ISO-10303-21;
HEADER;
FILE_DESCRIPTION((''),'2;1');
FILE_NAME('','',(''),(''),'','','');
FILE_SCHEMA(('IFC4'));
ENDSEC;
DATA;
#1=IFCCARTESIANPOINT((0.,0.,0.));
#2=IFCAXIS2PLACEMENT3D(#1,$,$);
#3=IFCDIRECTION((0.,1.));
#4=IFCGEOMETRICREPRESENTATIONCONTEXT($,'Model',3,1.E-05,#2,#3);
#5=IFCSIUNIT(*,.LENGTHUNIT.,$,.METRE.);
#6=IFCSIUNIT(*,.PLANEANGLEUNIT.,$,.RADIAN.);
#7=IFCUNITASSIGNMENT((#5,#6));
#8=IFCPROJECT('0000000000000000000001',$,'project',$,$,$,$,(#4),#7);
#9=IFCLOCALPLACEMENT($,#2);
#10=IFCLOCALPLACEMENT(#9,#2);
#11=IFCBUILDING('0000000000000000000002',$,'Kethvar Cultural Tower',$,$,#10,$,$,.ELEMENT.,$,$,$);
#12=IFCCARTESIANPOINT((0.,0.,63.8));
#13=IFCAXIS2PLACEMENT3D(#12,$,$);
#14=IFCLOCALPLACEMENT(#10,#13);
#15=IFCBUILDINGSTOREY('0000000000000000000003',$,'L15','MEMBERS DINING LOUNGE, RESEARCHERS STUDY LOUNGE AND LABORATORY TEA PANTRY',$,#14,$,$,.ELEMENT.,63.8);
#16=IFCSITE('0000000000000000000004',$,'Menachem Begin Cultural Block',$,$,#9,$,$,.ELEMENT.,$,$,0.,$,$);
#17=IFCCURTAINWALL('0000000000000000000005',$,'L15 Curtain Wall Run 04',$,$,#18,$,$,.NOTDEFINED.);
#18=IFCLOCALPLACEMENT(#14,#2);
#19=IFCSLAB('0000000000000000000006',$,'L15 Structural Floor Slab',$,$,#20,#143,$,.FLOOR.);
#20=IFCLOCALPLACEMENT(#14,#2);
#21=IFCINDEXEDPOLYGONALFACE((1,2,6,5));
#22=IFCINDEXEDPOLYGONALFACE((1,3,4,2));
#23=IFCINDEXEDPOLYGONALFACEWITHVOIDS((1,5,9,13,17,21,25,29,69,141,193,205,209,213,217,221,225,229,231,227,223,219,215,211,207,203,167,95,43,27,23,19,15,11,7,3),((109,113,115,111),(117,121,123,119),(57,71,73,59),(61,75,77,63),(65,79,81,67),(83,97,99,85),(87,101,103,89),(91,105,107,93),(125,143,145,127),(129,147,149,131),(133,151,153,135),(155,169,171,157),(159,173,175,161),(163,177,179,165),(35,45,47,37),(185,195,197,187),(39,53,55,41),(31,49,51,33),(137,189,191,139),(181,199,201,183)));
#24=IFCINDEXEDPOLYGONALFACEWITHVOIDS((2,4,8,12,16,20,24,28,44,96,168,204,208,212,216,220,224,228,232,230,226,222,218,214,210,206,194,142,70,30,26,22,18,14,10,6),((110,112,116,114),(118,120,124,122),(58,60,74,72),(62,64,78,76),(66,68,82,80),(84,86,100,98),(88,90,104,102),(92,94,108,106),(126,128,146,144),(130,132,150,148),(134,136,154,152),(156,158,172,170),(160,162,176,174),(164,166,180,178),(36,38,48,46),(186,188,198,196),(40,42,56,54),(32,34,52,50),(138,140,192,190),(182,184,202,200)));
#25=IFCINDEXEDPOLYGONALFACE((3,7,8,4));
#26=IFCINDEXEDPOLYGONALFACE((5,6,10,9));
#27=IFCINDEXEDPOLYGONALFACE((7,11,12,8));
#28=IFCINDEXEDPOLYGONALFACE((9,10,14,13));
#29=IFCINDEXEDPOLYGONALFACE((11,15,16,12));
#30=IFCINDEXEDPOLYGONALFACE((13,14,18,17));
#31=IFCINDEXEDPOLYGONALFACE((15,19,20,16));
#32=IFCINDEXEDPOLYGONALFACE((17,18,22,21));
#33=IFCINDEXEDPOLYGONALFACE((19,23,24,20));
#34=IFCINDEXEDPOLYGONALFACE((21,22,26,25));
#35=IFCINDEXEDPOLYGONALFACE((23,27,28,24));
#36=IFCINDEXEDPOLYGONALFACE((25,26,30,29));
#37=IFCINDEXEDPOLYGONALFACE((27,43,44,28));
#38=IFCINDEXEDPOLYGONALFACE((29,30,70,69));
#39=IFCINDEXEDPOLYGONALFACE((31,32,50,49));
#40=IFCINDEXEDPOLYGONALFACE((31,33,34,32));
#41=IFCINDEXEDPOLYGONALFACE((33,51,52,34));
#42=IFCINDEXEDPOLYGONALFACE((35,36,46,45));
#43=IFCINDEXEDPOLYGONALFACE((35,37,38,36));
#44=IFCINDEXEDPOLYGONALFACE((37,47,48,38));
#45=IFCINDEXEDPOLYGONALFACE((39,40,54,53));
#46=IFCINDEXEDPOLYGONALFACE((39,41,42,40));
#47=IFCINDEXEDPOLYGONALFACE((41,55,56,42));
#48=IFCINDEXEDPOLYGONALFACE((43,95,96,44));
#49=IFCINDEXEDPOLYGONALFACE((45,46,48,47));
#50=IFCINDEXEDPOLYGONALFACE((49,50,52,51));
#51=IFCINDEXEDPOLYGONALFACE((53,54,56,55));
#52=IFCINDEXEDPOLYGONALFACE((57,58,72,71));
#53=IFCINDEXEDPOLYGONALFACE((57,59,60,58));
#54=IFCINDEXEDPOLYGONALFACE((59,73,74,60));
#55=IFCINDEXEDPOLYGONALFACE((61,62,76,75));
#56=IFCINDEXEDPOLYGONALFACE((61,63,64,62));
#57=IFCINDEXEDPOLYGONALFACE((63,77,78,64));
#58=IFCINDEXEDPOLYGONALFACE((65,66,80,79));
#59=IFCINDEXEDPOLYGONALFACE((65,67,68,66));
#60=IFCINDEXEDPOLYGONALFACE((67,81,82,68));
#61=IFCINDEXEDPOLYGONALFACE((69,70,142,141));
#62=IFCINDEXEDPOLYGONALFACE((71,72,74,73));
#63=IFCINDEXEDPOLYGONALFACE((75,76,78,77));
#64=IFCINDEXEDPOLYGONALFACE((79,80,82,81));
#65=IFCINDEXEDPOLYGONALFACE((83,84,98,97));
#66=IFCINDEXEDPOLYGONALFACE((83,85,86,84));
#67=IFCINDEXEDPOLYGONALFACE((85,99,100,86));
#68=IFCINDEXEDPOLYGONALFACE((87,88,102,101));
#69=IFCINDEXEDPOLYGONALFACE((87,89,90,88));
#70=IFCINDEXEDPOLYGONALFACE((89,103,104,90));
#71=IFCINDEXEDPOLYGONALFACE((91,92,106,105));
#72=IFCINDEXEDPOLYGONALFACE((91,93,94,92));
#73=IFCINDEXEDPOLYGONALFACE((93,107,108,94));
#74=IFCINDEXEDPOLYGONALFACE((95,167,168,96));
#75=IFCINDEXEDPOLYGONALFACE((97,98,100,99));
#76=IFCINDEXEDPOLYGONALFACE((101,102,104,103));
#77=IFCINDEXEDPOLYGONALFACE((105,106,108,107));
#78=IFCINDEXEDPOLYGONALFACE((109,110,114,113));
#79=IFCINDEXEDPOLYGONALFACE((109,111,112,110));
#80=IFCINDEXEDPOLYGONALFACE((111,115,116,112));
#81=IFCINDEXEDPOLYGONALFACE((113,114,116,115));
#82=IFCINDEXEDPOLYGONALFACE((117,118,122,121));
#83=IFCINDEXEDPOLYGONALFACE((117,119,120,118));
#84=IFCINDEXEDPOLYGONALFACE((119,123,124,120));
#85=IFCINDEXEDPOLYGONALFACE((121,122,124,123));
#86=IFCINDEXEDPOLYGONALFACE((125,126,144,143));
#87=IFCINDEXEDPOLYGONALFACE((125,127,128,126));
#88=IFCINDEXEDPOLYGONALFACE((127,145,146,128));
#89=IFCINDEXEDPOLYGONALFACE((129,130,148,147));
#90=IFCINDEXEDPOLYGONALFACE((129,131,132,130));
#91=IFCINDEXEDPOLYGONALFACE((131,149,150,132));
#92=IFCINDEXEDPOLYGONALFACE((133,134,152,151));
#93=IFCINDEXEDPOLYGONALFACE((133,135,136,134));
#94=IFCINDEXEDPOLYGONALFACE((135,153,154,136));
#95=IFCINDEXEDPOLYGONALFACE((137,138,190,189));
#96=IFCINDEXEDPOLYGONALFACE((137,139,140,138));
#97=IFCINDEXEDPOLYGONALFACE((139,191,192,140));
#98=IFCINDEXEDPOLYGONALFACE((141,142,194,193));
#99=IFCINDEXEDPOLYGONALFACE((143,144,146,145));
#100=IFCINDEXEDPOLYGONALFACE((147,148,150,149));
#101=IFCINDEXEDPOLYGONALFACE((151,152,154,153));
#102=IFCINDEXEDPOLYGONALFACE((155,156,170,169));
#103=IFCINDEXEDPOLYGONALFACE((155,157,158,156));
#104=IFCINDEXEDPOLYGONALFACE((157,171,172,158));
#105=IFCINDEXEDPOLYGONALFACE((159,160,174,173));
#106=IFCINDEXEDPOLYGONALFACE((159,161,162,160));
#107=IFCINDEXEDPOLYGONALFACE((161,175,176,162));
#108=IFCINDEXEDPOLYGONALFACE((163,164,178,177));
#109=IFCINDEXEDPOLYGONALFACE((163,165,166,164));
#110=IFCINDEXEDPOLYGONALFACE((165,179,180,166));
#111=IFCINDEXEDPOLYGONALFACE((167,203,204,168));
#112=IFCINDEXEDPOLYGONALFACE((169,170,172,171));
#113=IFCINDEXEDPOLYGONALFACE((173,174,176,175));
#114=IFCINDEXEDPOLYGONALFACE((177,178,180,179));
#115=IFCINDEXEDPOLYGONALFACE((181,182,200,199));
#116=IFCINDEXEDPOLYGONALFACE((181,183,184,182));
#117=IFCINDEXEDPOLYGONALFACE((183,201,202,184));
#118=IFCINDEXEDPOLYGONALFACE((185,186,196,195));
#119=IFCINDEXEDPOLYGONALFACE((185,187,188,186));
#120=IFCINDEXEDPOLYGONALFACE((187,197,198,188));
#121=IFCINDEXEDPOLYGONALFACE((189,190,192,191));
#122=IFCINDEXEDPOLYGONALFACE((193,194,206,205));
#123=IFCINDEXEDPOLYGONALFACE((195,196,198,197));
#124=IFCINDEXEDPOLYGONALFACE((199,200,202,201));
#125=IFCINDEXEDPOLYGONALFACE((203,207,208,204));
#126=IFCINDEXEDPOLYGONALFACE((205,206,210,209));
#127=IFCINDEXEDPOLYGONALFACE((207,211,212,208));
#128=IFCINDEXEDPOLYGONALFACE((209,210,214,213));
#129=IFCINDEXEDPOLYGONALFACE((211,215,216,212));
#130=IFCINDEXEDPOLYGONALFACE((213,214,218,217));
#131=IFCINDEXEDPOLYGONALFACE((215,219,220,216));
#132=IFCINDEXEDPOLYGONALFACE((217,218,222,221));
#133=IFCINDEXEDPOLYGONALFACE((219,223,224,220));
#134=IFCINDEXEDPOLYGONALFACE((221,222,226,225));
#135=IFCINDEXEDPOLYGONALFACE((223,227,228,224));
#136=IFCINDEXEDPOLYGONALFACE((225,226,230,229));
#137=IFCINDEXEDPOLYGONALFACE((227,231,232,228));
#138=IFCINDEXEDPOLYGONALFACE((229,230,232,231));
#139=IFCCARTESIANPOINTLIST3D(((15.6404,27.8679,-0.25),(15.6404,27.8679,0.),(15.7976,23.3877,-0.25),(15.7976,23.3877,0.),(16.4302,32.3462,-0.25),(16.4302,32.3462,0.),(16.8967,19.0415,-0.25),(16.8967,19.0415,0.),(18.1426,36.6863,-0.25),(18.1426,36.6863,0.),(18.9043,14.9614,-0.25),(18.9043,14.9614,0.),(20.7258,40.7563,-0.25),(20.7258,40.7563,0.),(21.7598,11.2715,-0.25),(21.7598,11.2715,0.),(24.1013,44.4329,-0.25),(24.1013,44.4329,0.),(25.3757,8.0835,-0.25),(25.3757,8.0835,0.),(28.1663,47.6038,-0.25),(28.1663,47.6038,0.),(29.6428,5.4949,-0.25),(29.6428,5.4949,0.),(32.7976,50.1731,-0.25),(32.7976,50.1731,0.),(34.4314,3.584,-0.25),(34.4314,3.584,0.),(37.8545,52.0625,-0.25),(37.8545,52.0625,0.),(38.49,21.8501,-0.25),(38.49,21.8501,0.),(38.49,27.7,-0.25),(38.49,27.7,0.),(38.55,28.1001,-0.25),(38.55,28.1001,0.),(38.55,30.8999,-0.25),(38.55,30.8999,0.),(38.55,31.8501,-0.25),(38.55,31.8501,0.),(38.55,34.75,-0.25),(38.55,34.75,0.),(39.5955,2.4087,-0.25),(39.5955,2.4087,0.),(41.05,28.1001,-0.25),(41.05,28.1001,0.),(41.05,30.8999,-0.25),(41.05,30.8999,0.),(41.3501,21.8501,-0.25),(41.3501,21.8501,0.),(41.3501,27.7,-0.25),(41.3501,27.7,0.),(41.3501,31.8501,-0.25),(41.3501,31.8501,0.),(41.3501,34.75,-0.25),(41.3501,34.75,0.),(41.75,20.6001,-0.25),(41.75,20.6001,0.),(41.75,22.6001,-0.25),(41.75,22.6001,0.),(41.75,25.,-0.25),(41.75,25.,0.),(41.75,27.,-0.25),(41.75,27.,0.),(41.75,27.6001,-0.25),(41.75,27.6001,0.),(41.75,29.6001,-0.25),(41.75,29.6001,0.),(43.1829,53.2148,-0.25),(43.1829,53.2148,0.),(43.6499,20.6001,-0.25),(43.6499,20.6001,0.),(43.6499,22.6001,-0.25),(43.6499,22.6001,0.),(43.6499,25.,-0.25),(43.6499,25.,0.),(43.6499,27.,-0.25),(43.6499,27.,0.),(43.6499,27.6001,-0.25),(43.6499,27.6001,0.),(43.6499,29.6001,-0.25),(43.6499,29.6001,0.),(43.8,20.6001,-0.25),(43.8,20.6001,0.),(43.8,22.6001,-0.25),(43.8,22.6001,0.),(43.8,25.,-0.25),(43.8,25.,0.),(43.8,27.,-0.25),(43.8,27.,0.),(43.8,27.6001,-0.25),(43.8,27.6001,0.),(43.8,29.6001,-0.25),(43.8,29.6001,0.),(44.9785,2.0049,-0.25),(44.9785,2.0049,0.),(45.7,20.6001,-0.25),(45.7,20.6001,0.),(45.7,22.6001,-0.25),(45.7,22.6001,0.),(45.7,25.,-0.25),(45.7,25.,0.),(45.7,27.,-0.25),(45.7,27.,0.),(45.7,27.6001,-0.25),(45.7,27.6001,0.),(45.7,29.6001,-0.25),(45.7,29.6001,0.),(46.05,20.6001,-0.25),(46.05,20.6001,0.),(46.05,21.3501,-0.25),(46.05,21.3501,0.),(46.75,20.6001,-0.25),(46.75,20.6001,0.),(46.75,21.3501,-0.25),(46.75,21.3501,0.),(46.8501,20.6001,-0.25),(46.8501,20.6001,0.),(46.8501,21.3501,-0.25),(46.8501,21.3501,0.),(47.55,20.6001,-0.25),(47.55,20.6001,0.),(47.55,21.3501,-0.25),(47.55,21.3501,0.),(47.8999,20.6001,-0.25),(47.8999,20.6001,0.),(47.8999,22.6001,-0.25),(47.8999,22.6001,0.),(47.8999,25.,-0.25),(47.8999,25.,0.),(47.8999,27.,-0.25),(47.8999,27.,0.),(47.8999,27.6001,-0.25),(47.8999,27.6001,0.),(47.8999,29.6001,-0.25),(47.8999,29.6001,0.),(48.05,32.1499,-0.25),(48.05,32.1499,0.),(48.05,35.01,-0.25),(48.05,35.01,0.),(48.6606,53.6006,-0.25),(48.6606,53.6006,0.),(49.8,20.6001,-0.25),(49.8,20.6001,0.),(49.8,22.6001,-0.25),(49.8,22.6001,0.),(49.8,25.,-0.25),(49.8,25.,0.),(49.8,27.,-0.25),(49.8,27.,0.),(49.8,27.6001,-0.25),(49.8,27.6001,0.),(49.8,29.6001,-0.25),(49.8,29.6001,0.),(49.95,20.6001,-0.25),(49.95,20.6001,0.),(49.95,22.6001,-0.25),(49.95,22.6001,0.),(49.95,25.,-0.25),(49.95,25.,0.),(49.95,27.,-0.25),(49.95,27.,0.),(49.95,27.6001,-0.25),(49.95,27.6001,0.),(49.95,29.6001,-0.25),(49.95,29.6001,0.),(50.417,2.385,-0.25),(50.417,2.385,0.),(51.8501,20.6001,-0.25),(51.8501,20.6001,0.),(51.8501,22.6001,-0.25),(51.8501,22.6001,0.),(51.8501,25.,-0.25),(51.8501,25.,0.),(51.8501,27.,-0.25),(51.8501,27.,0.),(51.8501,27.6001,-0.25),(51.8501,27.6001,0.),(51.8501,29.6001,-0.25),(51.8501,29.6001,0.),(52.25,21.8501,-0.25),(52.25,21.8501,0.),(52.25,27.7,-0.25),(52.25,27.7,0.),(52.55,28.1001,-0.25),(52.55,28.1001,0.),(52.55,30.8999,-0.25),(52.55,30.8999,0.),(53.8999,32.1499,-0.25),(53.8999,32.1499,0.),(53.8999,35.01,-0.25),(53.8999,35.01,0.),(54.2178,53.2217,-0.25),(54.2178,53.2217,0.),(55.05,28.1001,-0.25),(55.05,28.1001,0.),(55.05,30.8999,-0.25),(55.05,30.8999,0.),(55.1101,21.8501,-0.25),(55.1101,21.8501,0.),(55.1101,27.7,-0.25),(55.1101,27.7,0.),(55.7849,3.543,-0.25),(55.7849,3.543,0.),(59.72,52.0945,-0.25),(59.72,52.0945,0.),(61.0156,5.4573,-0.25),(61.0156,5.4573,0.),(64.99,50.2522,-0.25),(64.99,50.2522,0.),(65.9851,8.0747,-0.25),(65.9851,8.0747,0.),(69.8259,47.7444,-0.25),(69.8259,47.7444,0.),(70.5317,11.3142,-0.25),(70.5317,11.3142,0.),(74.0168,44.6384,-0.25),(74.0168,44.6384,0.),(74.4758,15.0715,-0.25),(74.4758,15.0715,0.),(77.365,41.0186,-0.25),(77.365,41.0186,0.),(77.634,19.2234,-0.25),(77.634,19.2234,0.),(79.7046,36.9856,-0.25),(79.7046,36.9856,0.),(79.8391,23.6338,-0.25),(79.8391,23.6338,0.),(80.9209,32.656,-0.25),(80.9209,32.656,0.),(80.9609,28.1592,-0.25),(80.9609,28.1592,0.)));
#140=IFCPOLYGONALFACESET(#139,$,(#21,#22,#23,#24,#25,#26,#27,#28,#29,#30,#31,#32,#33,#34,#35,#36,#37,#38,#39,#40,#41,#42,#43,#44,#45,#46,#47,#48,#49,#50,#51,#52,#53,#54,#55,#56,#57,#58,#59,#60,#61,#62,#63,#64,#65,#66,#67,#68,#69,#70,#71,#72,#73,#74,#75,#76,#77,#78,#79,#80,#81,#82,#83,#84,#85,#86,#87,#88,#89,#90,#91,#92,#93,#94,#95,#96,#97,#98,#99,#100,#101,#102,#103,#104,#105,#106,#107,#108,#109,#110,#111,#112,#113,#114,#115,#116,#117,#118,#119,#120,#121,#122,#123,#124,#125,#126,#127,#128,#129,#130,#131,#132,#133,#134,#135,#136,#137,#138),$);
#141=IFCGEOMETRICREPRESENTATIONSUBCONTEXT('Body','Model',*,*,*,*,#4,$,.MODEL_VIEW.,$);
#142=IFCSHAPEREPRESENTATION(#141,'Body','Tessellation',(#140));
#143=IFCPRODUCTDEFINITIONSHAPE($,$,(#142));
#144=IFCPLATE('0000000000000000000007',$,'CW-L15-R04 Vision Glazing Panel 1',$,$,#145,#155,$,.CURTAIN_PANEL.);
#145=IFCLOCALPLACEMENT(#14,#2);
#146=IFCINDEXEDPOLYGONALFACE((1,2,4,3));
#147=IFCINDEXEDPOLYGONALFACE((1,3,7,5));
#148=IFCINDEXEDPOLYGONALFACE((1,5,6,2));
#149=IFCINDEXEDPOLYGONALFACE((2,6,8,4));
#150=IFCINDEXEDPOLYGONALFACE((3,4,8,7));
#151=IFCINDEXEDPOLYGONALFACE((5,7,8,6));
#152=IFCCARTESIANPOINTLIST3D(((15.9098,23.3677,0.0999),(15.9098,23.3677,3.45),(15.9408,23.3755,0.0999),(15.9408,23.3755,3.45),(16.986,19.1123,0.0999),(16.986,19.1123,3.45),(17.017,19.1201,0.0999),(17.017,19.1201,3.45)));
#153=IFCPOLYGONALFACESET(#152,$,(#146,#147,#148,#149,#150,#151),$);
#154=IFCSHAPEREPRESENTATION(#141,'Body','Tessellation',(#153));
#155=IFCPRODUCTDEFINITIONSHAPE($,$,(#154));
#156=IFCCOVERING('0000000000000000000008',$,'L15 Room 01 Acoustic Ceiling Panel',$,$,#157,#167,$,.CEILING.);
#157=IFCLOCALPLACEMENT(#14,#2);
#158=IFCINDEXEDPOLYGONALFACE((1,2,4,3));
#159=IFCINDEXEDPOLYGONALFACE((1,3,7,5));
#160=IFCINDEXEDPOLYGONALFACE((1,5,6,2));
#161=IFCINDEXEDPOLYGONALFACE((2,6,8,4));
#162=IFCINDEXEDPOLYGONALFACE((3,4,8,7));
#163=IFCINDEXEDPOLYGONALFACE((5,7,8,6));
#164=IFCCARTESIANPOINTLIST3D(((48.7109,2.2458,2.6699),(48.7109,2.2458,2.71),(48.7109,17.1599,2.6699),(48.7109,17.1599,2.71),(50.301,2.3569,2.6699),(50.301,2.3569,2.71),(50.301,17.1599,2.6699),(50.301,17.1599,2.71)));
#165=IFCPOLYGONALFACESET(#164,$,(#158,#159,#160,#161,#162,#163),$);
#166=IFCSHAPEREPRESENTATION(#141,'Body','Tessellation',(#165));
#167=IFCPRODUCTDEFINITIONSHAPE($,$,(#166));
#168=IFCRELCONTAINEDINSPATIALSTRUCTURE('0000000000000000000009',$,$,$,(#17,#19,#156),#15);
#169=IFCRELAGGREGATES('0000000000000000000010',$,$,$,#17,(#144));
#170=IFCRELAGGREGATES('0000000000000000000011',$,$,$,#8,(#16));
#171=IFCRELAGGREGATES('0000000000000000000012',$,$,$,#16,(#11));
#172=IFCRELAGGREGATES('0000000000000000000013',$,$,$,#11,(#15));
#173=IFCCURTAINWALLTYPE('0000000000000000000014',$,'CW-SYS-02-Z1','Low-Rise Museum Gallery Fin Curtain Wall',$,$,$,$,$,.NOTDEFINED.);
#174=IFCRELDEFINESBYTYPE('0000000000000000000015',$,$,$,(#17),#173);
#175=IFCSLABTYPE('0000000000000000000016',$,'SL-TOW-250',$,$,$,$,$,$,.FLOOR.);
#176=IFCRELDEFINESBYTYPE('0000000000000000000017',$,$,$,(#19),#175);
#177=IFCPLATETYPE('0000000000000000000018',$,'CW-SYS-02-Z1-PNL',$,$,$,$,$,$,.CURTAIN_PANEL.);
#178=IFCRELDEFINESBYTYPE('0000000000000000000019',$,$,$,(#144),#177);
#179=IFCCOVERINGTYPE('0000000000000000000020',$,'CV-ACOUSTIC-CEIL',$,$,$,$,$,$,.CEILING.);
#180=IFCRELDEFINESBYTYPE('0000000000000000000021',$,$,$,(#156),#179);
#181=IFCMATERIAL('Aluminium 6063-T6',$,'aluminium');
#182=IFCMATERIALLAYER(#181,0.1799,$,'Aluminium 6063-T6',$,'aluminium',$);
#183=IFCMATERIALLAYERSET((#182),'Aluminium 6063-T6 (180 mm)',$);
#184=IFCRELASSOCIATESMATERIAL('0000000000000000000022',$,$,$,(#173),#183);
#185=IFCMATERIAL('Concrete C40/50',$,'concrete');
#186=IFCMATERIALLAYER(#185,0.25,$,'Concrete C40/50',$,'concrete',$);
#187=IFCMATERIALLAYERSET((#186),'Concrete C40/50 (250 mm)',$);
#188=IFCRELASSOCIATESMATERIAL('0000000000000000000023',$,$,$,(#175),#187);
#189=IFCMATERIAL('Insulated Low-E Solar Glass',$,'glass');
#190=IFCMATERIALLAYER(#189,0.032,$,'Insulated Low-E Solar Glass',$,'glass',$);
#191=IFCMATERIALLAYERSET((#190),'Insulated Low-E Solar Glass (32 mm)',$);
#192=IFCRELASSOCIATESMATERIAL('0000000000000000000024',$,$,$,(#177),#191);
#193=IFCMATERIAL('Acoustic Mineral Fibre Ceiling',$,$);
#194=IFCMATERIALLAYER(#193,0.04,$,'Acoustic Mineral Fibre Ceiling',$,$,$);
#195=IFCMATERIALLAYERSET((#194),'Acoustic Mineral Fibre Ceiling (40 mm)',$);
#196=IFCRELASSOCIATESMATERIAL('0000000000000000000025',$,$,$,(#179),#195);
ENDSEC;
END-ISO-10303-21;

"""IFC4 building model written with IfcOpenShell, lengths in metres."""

from ifc_helpers import new_model, si_unit, direction, frame, origin, origin_2d, place, context, subcontext, project, spatial, polyline, rectangle, outline, extrude, source, transform, mapped, material, layer, layer_set, type_object, element, aggregate, save


model = new_model("IFC4")

# Units and contexts
model_context = context("Model", 3, precision=1e-05, world=origin(), true_north=direction((0.0, 1.0)))
body_context = subcontext(model_context, "Body", "Model", "MODEL_VIEW")
ifc_project = project(units=[si_unit("LENGTHUNIT", "METRE"), si_unit("PLANEANGLEUNIT", "RADIAN")], contexts=[model_context])

# Site, building, storey
site_placement = place(None, origin())
site = spatial("IfcSite", under=ifc_project, at=site_placement, Name="Menachem Begin Cultural Block", CompositionType="ELEMENT", RefElevation=0.0)
building_placement = place(site_placement, origin())
building = spatial("IfcBuilding", under=site, at=building_placement, Name="Kethvar Cultural Tower", CompositionType="ELEMENT")
storey_placement = place(building_placement, frame((0.0, 0.0, 63.8)))
storey = spatial("IfcBuildingStorey", under=building, at=storey_placement, Name="L15", Description="MEMBERS DINING LOUNGE, RESEARCHERS STUDY LOUNGE AND LABORATORY TEA PANTRY", CompositionType="ELEMENT", Elevation=63.8)

# Shared definitions
ifc_material_1 = material(Name="Aluminium 6063-T6", Category="aluminium")
ifc_layer_1 = layer(ifc_material_1, 0.1799, Name="Aluminium 6063-T6", Category="aluminium")
ifc_layer_set_1 = layer_set([ifc_layer_1], Name="Aluminium 6063-T6 (180 mm)")
curtain_wall_type = type_object("IfcCurtainWallType", Name="CW-SYS-02-Z1", Description="Low-Rise Museum Gallery Fin Curtain Wall", PredefinedType="NOTDEFINED", material=ifc_layer_set_1)

# Curtain wall
curtain_wall_1_placement = place(storey_placement, origin())
curtain_wall_1 = element("IfcCurtainWall", 1, at=curtain_wall_1_placement, inside=storey, type_object=curtain_wall_type, Name="L15 Curtain Wall Run 04", PredefinedType="NOTDEFINED")

# Shared definitions
ifc_material_2 = material(Name="Concrete C40/50", Category="concrete")

# Slab
ifc_layer_2 = layer(ifc_material_2, 0.25, Name="Concrete C40/50", Category="concrete")
ifc_layer_set_2 = layer_set([ifc_layer_2], Name="Concrete C40/50 (250 mm)")
slab_type_1 = type_object("IfcSlabType", Name="SL-TOW-250", PredefinedType="FLOOR", material=ifc_layer_set_2)
slab_1_placement = place(storey_placement, frame((0.0, 0.0, -0.25)))
element("IfcSlab", 2, at=slab_1_placement, inside=storey, type_object=slab_type_1, Name="L15 Structural Floor Slab", PredefinedType="FLOOR", context=body_context, shape_type="SweptSolid", body=[
    extrude(outline(polyline([(80.9209, 32.656), (79.7046, 36.9856), (77.365, 41.0186), (74.0168, 44.6384), (69.8259, 47.7444), (64.99, 50.2522), (59.72, 52.0945), (54.2178, 53.2217), (48.6606, 53.6006), (43.1829, 53.2148), (37.8545, 52.0625), (32.7976, 50.1731), (28.1663, 47.6038), (24.1013, 44.4329), (20.7258, 40.7563), (18.1426, 36.6863), (16.4302, 32.3462), (15.6404, 27.8679), (15.7976, 23.3877), (16.8967, 19.0415), (18.9043, 14.9614), (21.7598, 11.2715), (25.3757, 8.0835), (29.6428, 5.4949), (34.4314, 3.584), (39.5955, 2.4087), (44.9785, 2.0049), (50.417, 2.385), (55.7849, 3.543), (61.0156, 5.4573), (65.9851, 8.0747), (70.5317, 11.3142), (74.4758, 15.0715), (77.634, 19.2234), (79.8391, 23.6338), (80.9609, 28.1592), (80.9209, 32.656)]), holes=[polyline([(38.49, 21.8501), (38.49, 27.7), (41.3501, 27.7), (41.3501, 21.8501), (38.49, 21.8501)]), polyline([(52.25, 21.8501), (52.25, 27.7), (55.1101, 27.7), (55.1101, 21.8501), (52.25, 21.8501)]), polyline([(53.8999, 32.1499), (48.05, 32.1499), (48.05, 35.01), (53.8999, 35.01), (53.8999, 32.1499)]), polyline([(41.75, 22.6001), (43.6499, 22.6001), (43.6499, 20.6001), (41.75, 20.6001), (41.75, 22.6001)]), polyline([(43.8, 22.6001), (45.7, 22.6001), (45.7, 20.6001), (43.8, 20.6001), (43.8, 22.6001)]), polyline([(47.8999, 22.6001), (49.8, 22.6001), (49.8, 20.6001), (47.8999, 20.6001), (47.8999, 22.6001)]), polyline([(49.95, 22.6001), (51.8501, 22.6001), (51.8501, 20.6001), (49.95, 20.6001), (49.95, 22.6001)]), polyline([(41.75, 27.0), (43.6499, 27.0), (43.6499, 25.0), (41.75, 25.0), (41.75, 27.0)]), polyline([(43.8, 27.0), (45.7, 27.0), (45.7, 25.0), (43.8, 25.0), (43.8, 27.0)]), polyline([(47.8999, 27.0), (49.8, 27.0), (49.8, 25.0), (47.8999, 25.0), (47.8999, 27.0)]), polyline([(49.95, 27.0), (51.8501, 27.0), (51.8501, 25.0), (49.95, 25.0), (49.95, 27.0)]), polyline([(41.75, 29.6001), (43.6499, 29.6001), (43.6499, 27.6001), (41.75, 27.6001), (41.75, 29.6001)]), polyline([(43.8, 29.6001), (45.7, 29.6001), (45.7, 27.6001), (43.8, 27.6001), (43.8, 29.6001)]), polyline([(47.8999, 29.6001), (49.8, 29.6001), (49.8, 27.6001), (47.8999, 27.6001), (47.8999, 29.6001)]), polyline([(49.95, 29.6001), (51.8501, 29.6001), (51.8501, 27.6001), (49.95, 27.6001), (49.95, 29.6001)]), polyline([(38.55, 30.8999), (41.05, 30.8999), (41.05, 28.1001), (38.55, 28.1001), (38.55, 30.8999)]), polyline([(52.55, 30.8999), (55.05, 30.8999), (55.05, 28.1001), (52.55, 28.1001), (52.55, 30.8999)]), polyline([(38.55, 34.75), (41.3501, 34.75), (41.3501, 31.8501), (38.55, 31.8501), (38.55, 34.75)]), polyline([(46.05, 21.3501), (46.75, 21.3501), (46.75, 20.6001), (46.05, 20.6001), (46.05, 21.3501)]), polyline([(46.8501, 21.3501), (47.55, 21.3501), (47.55, 20.6001), (46.8501, 20.6001), (46.8501, 21.3501)])]), origin(), (0.0, 0.0, 1.0), 0.25),
])

# Plate
ifc_material_3 = material(Name="Insulated Low-E Solar Glass", Category="glass")
ifc_layer_3 = layer(ifc_material_3, 0.032, Name="Insulated Low-E Solar Glass", Category="glass")
ifc_layer_set_3 = layer_set([ifc_layer_3], Name="Insulated Low-E Solar Glass (32 mm)")
plate_type = type_object("IfcPlateType", Name="CW-SYS-02-Z1-PNL", PredefinedType="CURTAIN_PANEL", material=ifc_layer_set_3)
shared_shape_1 = source(origin(), body_context, "Body", "SweptSolid", [
    extrude(rectangle(XDim=4.3894, YDim=0.032, at=origin_2d()), origin(), (0.0, 0.0, 1.0), 3.3501),
])
plate_placement = place(storey_placement, frame((16.4634, 21.2439, 0.0999), z_axis=(0.0, 0.0, 1.0), x_axis=(0.245172, -0.96948, 0.0)))
plate = element("IfcPlate", 3, at=plate_placement, type_object=plate_type, Name="CW-L15-R04 Vision Glazing Panel 1", PredefinedType="CURTAIN_PANEL", context=body_context, shape_type="MappedRepresentation", body=[
    mapped(shared_shape_1, transform((0.0, 0.0, 0.0), scale=1.0)),
])
aggregate(curtain_wall_1, [plate])

# Covering
ifc_material_4 = material(Name="Acoustic Mineral Fibre Ceiling")
ifc_layer_4 = layer(ifc_material_4, 0.04, Name="Acoustic Mineral Fibre Ceiling")
ifc_layer_set_4 = layer_set([ifc_layer_4], Name="Acoustic Mineral Fibre Ceiling (40 mm)")
covering_type_1 = type_object("IfcCoveringType", Name="CV-ACOUSTIC-CEIL", PredefinedType="CEILING", material=ifc_layer_set_4)
covering_1_placement = place(storey_placement, frame((0.0, 0.0, 2.6699)))
element("IfcCovering", 4, at=covering_1_placement, inside=storey, type_object=covering_type_1, Name="L15 Room 01 Acoustic Ceiling Panel", PredefinedType="CEILING", context=body_context, shape_type="SweptSolid", body=[
    extrude(outline(polyline([(48.7109, 2.2458), (48.7109, 17.1599), (50.301, 17.1599), (50.301, 2.3569), (48.7109, 2.2458)])), origin(), (0.0, 0.0, 1.0), 0.04),
])

save(model, "model.ifc")
